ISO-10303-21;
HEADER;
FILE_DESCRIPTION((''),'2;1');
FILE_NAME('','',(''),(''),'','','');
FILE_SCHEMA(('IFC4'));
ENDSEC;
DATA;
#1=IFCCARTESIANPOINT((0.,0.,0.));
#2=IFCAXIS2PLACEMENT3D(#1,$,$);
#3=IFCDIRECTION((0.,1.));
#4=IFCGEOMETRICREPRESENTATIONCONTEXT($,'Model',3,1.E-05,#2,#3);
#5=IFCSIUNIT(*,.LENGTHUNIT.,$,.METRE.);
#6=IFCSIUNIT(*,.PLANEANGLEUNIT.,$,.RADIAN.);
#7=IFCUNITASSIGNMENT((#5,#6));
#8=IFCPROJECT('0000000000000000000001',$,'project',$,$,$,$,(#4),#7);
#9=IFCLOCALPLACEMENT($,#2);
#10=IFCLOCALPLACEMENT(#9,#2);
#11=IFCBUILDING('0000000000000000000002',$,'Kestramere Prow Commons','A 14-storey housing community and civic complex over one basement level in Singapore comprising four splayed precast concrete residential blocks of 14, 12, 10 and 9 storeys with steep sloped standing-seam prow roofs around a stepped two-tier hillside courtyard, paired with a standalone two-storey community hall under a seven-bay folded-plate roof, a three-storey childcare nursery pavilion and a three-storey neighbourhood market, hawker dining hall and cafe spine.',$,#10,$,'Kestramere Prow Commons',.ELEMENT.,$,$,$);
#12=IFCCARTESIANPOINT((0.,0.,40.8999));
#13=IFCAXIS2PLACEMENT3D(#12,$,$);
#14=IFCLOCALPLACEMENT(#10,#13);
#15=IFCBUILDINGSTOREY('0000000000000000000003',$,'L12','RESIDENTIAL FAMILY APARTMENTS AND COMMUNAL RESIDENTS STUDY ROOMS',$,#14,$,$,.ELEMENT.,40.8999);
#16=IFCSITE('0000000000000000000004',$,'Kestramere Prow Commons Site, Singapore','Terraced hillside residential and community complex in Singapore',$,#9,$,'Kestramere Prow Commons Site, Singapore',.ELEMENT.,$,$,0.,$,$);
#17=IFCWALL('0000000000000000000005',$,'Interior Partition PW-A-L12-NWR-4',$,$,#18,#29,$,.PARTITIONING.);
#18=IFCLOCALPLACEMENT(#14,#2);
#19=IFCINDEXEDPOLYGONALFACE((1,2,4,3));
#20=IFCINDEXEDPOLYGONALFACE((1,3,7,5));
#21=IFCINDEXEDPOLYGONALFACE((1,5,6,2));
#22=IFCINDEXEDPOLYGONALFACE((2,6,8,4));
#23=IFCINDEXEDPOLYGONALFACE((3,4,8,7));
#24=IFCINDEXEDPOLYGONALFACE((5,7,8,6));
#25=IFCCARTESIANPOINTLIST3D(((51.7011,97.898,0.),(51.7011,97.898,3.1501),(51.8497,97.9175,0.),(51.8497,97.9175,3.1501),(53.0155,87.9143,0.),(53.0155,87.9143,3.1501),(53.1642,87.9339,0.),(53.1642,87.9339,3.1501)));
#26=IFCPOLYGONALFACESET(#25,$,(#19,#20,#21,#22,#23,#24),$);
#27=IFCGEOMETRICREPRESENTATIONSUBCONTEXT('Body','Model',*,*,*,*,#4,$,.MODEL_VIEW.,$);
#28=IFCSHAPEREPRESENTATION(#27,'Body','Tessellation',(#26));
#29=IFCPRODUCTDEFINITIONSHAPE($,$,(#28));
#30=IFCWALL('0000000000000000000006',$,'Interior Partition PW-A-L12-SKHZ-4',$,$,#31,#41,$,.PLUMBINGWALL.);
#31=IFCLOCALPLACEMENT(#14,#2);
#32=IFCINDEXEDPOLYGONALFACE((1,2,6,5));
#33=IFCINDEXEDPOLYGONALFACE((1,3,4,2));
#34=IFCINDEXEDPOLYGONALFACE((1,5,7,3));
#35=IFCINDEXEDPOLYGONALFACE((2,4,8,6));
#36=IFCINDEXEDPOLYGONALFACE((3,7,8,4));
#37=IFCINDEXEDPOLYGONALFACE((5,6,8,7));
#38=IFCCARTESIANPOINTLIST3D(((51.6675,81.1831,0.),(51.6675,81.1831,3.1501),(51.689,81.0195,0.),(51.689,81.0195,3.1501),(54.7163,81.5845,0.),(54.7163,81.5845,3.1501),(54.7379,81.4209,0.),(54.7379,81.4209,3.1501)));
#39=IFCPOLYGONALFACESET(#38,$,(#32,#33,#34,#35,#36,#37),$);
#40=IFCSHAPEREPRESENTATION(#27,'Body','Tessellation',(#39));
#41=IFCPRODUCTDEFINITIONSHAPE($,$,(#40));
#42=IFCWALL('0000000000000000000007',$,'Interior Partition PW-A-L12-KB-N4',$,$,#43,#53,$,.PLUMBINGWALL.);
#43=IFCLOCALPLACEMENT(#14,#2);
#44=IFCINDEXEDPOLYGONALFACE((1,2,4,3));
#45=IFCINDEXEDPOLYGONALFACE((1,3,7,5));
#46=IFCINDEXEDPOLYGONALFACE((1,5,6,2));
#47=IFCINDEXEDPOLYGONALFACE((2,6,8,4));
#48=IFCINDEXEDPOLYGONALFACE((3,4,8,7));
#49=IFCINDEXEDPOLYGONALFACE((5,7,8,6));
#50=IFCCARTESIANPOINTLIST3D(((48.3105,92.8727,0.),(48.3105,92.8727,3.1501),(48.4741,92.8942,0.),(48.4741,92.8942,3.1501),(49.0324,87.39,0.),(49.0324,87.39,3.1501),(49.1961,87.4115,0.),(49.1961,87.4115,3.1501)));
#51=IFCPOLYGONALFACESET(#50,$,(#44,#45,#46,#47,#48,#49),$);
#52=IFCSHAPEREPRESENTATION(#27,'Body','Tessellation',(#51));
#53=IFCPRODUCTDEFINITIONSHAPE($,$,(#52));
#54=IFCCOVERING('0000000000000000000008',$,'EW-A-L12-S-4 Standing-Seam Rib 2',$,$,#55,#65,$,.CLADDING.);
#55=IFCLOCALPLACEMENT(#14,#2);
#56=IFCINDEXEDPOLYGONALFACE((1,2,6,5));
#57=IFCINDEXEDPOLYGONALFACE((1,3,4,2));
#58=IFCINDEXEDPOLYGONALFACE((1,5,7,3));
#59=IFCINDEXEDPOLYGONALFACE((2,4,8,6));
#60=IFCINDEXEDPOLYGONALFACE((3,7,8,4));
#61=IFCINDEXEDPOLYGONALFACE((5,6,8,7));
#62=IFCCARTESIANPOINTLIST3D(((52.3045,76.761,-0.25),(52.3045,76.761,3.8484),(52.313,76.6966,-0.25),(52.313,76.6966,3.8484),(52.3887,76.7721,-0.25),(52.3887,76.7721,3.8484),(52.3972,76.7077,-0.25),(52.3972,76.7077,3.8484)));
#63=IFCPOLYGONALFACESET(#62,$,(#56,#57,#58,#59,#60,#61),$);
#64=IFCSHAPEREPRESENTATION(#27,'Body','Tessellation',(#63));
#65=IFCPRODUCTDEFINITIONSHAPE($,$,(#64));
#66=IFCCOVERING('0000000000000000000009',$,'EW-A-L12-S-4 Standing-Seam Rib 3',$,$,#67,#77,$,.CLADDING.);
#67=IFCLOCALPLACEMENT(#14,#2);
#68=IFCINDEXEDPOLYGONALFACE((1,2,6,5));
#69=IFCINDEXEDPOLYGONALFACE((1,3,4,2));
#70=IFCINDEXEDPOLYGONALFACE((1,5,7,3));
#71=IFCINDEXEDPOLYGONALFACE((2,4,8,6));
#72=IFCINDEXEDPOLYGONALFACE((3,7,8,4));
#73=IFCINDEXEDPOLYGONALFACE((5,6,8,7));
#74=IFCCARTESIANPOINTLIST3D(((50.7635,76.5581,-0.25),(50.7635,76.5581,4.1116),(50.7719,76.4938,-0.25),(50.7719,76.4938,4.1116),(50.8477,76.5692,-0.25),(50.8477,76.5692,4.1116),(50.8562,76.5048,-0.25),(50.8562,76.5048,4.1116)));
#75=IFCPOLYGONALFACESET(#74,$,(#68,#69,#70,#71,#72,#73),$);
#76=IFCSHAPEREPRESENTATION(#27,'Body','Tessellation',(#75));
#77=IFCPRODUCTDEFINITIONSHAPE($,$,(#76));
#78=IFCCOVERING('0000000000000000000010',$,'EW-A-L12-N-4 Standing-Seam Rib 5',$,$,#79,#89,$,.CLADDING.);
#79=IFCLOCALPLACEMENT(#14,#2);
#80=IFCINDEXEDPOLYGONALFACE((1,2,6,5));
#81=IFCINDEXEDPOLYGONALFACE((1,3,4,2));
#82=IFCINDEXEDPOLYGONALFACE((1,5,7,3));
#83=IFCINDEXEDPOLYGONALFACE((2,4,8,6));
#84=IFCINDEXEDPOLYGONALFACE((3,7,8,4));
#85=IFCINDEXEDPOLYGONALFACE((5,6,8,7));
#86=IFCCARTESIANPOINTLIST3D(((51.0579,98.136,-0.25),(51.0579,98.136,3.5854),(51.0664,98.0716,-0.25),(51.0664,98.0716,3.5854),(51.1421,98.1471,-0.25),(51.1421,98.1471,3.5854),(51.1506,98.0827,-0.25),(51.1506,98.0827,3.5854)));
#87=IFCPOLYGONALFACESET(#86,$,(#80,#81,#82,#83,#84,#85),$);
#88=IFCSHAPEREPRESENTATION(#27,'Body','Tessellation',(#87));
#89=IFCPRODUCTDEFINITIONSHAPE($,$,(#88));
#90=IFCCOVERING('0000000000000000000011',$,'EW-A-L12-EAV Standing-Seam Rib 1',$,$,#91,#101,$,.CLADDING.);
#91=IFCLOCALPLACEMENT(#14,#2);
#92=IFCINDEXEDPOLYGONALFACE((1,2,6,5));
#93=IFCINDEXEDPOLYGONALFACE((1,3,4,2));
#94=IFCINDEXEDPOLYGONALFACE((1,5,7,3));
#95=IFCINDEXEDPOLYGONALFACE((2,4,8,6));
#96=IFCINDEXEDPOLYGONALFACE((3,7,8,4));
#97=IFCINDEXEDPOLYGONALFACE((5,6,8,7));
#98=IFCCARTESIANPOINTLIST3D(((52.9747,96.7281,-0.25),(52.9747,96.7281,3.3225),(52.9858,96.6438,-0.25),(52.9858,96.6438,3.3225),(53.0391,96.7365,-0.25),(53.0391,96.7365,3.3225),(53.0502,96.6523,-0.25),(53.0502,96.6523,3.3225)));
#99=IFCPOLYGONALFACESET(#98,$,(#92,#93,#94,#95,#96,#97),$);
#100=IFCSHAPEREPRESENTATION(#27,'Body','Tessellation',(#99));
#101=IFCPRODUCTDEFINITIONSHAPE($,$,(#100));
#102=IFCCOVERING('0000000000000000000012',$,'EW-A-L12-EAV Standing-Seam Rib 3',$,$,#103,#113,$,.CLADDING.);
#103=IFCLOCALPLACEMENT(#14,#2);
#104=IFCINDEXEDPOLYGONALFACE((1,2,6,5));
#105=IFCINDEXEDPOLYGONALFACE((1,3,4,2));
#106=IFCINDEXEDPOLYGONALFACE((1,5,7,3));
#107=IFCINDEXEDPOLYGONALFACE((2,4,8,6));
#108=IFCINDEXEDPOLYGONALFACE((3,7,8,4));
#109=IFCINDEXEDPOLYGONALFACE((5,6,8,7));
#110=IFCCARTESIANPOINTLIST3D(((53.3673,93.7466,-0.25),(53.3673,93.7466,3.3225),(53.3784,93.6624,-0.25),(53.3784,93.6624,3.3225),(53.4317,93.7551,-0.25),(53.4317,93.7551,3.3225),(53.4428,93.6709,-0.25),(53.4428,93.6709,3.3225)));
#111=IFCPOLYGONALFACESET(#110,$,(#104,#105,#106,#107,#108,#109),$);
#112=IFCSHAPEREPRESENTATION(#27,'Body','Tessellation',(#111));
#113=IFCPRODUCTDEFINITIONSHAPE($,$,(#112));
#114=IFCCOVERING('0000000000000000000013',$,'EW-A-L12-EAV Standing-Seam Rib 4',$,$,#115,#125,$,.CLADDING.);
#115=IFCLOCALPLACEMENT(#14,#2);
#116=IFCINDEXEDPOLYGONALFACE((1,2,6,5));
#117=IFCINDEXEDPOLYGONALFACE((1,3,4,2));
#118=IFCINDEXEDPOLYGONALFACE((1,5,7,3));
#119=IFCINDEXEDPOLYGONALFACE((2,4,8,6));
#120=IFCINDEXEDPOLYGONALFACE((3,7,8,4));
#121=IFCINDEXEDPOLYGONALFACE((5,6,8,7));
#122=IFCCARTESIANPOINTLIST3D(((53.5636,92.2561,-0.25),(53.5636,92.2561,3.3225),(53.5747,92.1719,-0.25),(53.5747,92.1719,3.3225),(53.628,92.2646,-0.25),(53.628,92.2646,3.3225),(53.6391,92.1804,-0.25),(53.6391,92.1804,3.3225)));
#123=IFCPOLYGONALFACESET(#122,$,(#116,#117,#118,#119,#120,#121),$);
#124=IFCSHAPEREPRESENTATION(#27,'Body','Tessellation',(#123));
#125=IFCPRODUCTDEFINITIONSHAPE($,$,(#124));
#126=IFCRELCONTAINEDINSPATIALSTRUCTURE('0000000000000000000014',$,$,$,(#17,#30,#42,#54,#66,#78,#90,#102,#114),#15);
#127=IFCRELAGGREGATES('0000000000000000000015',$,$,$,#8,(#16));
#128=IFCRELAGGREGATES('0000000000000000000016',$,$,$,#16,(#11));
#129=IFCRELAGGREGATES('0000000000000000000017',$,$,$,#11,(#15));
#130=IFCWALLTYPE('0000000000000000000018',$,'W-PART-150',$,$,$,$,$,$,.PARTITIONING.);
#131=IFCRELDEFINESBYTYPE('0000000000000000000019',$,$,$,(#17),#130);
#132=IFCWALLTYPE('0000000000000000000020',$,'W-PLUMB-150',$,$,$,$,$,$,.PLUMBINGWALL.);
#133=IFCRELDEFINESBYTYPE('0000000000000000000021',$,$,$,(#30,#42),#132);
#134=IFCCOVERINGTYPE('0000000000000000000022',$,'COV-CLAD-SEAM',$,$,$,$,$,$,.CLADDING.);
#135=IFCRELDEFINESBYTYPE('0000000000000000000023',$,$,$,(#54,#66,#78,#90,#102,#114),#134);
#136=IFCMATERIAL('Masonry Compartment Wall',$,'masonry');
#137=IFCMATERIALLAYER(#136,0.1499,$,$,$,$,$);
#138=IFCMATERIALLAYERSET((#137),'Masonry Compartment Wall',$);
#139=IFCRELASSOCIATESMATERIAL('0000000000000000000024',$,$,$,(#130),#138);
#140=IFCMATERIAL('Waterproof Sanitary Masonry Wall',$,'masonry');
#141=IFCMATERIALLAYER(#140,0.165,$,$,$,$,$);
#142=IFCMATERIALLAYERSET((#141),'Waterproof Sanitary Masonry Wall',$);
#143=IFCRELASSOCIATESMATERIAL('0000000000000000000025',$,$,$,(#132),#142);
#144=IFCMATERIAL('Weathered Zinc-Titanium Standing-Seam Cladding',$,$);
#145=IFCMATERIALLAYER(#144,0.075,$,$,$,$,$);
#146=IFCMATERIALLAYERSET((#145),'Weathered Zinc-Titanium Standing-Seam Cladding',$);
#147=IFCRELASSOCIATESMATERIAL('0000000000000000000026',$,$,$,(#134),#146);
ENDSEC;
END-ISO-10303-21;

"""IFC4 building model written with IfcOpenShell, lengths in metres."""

from ifc_helpers import new_model, si_unit, direction, frame, frame_2d, origin, origin_2d, place, context, subcontext, project, spatial, rectangle, extrude, material, layer, layer_set, type_object, element, save


model = new_model("IFC4")

# Units and contexts
model_context = context("Model", 3, precision=1e-05, world=origin(), true_north=direction((0.0, 1.0)))
body_context = subcontext(model_context, "Body", "Model", "MODEL_VIEW")
ifc_project = project(units=[si_unit("LENGTHUNIT", "METRE"), si_unit("PLANEANGLEUNIT", "RADIAN")], contexts=[model_context])

# Site, building, storey
site_placement = place(None, origin())
site = spatial("IfcSite", under=ifc_project, at=site_placement, Name="Kestramere Prow Commons Site, Singapore", Description="Terraced hillside residential and community complex in Singapore", LongName="Kestramere Prow Commons Site, Singapore", CompositionType="ELEMENT", RefElevation=0.0)
building_placement = place(site_placement, origin())
building = spatial("IfcBuilding", under=site, at=building_placement, Name="Kestramere Prow Commons", Description="A 14-storey housing community and civic complex over one basement level in Singapore comprising four splayed precast concrete residential blocks of 14, 12, 10 and 9 storeys with steep sloped standing-seam prow roofs around a stepped two-tier hillside courtyard, paired with a standalone two-storey community hall under a seven-bay folded-plate roof, a three-storey childcare nursery pavilion and a three-storey neighbourhood market, hawker dining hall and cafe spine.", LongName="Kestramere Prow Commons", CompositionType="ELEMENT")
storey_placement = place(building_placement, frame((0.0, 0.0, 40.8999)))
storey = spatial("IfcBuildingStorey", under=building, at=storey_placement, Name="L12", Description="RESIDENTIAL FAMILY APARTMENTS AND COMMUNAL RESIDENTS STUDY ROOMS", CompositionType="ELEMENT", Elevation=40.8999)

# Wall
ifc_material_1 = material(Name="Masonry Compartment Wall", Category="masonry")
ifc_layer_1 = layer(ifc_material_1, 0.1499)
ifc_layer_set_1 = layer_set([ifc_layer_1], Name="Masonry Compartment Wall")
wall_type_1 = type_object("IfcWallType", Name="W-PART-150", PredefinedType="PARTITIONING", material=ifc_layer_set_1)
wall_1_placement = place(storey_placement, frame((53.0898, 87.9241, 0.0), z_axis=(0.0, 0.0, 1.0), x_axis=(-0.130534, 0.991444, 0.0)))
element("IfcWall", 1, at=wall_1_placement, inside=storey, type_object=wall_type_1, Name="Interior Partition PW-A-L12-NWR-4", PredefinedType="PARTITIONING", context=body_context, shape_type="SweptSolid", body=[
    extrude(rectangle(XDim=10.0698, YDim=0.1499, at=frame_2d((5.0349, 0.0))), origin(), (0.0, 0.0, 1.0), 3.1501),
])

# Shared definitions
ifc_material_2 = material(Name="Waterproof Sanitary Masonry Wall", Category="masonry")
ifc_layer_2 = layer(ifc_material_2, 0.165)
ifc_layer_set_2 = layer_set([ifc_layer_2], Name="Waterproof Sanitary Masonry Wall")
wall_type_2 = type_object("IfcWallType", Name="W-PLUMB-150", PredefinedType="PLUMBINGWALL", material=ifc_layer_set_2)

# Walls
wall_2_placement = place(storey_placement, frame((51.6782, 81.1013, 0.0), z_axis=(0.0, 0.0, 1.0), x_axis=(0.991446, 0.13052, 0.0)))
element("IfcWall", 2, at=wall_2_placement, inside=storey, type_object=wall_type_2, Name="Interior Partition PW-A-L12-SKHZ-4", PredefinedType="PLUMBINGWALL", context=body_context, shape_type="SweptSolid", body=[
    extrude(rectangle(XDim=3.0752, YDim=0.165, at=frame_2d((1.5376, 0.0))), origin(), (0.0, 0.0, 1.0), 3.1501),
])
wall_3_placement = place(storey_placement, frame((49.1143, 87.4006, 0.0), z_axis=(0.0, 0.0, 1.0), x_axis=(-0.130547, 0.991442, 0.0)))
element("IfcWall", 3, at=wall_3_placement, inside=storey, type_object=wall_type_2, Name="Interior Partition PW-A-L12-KB-N4", PredefinedType="PLUMBINGWALL", context=body_context, shape_type="SweptSolid", body=[
    extrude(rectangle(XDim=5.53, YDim=0.165, at=frame_2d((2.7651, 0.0))), origin(), (0.0, 0.0, 1.0), 3.1501),
])

# Coverings
ifc_material_3 = material(Name="Weathered Zinc-Titanium Standing-Seam Cladding")
ifc_layer_3 = layer(ifc_material_3, 0.075)
ifc_layer_set_3 = layer_set([ifc_layer_3], Name="Weathered Zinc-Titanium Standing-Seam Cladding")
covering_type = type_object("IfcCoveringType", Name="COV-CLAD-SEAM", PredefinedType="CLADDING", material=ifc_layer_set_3)
covering_1_placement = place(storey_placement, frame((52.3508, 76.7344, -0.25), z_axis=(0.0, 0.0, 1.0), x_axis=(-0.991445, -0.130526, 0.0)))
element("IfcCovering", 4, at=covering_1_placement, inside=storey, type_object=covering_type, Name="EW-A-L12-S-4 Standing-Seam Rib 2", PredefinedType="CLADDING", context=body_context, shape_type="SweptSolid", body=[
    extrude(rectangle(XDim=0.085, YDim=0.0649, at=origin_2d()), origin(), (0.0, 0.0, 1.0), 4.0984),
])
covering_2_placement = place(storey_placement, frame((50.8098, 76.5315, -0.25), z_axis=(0.0, 0.0, 1.0), x_axis=(-0.991445, -0.130526, 0.0)))
element("IfcCovering", 5, at=covering_2_placement, inside=storey, type_object=covering_type, Name="EW-A-L12-S-4 Standing-Seam Rib 3", PredefinedType="CLADDING", context=body_context, shape_type="SweptSolid", body=[
    extrude(rectangle(XDim=0.085, YDim=0.0649, at=origin_2d()), origin(), (0.0, 0.0, 1.0), 4.3616),
])
covering_3_placement = place(storey_placement, frame((51.1042, 98.1094, -0.25), z_axis=(0.0, 0.0, 1.0), x_axis=(0.991445, 0.130526, 0.0)))
element("IfcCovering", 6, at=covering_3_placement, inside=storey, type_object=covering_type, Name="EW-A-L12-N-4 Standing-Seam Rib 5", PredefinedType="CLADDING", context=body_context, shape_type="SweptSolid", body=[
    extrude(rectangle(XDim=0.085, YDim=0.0649, at=origin_2d()), origin(), (0.0, 0.0, 1.0), 3.8354),
])
for number, where, z_axis, x_axis, name in (
    (7, (53.0125, 96.6902, -0.25), (0.0, 0.0, 1.0), (0.130526, -0.991445, 0.0), "EW-A-L12-EAV Standing-Seam Rib 1"),
    (8, (53.405, 93.7087, -0.25), (0.0, 0.0, 1.0), (0.130526, -0.991445, 0.0), "EW-A-L12-EAV Standing-Seam Rib 3"),
    (9, (53.6013, 92.2183, -0.25), (0.0, 0.0, 1.0), (0.130526, -0.991445, 0.0), "EW-A-L12-EAV Standing-Seam Rib 4"),
):
    element("IfcCovering", number, at=place(storey_placement, frame(where, z_axis=z_axis, x_axis=x_axis)), inside=storey, type_object=covering_type, Name=name, PredefinedType="CLADDING", context=body_context, shape_type="SweptSolid", body=[
        extrude(rectangle(XDim=0.085, YDim=0.0649, at=origin_2d()), origin(), (0.0, 0.0, 1.0), 3.5725),
    ])

save(model, "model.ifc")
